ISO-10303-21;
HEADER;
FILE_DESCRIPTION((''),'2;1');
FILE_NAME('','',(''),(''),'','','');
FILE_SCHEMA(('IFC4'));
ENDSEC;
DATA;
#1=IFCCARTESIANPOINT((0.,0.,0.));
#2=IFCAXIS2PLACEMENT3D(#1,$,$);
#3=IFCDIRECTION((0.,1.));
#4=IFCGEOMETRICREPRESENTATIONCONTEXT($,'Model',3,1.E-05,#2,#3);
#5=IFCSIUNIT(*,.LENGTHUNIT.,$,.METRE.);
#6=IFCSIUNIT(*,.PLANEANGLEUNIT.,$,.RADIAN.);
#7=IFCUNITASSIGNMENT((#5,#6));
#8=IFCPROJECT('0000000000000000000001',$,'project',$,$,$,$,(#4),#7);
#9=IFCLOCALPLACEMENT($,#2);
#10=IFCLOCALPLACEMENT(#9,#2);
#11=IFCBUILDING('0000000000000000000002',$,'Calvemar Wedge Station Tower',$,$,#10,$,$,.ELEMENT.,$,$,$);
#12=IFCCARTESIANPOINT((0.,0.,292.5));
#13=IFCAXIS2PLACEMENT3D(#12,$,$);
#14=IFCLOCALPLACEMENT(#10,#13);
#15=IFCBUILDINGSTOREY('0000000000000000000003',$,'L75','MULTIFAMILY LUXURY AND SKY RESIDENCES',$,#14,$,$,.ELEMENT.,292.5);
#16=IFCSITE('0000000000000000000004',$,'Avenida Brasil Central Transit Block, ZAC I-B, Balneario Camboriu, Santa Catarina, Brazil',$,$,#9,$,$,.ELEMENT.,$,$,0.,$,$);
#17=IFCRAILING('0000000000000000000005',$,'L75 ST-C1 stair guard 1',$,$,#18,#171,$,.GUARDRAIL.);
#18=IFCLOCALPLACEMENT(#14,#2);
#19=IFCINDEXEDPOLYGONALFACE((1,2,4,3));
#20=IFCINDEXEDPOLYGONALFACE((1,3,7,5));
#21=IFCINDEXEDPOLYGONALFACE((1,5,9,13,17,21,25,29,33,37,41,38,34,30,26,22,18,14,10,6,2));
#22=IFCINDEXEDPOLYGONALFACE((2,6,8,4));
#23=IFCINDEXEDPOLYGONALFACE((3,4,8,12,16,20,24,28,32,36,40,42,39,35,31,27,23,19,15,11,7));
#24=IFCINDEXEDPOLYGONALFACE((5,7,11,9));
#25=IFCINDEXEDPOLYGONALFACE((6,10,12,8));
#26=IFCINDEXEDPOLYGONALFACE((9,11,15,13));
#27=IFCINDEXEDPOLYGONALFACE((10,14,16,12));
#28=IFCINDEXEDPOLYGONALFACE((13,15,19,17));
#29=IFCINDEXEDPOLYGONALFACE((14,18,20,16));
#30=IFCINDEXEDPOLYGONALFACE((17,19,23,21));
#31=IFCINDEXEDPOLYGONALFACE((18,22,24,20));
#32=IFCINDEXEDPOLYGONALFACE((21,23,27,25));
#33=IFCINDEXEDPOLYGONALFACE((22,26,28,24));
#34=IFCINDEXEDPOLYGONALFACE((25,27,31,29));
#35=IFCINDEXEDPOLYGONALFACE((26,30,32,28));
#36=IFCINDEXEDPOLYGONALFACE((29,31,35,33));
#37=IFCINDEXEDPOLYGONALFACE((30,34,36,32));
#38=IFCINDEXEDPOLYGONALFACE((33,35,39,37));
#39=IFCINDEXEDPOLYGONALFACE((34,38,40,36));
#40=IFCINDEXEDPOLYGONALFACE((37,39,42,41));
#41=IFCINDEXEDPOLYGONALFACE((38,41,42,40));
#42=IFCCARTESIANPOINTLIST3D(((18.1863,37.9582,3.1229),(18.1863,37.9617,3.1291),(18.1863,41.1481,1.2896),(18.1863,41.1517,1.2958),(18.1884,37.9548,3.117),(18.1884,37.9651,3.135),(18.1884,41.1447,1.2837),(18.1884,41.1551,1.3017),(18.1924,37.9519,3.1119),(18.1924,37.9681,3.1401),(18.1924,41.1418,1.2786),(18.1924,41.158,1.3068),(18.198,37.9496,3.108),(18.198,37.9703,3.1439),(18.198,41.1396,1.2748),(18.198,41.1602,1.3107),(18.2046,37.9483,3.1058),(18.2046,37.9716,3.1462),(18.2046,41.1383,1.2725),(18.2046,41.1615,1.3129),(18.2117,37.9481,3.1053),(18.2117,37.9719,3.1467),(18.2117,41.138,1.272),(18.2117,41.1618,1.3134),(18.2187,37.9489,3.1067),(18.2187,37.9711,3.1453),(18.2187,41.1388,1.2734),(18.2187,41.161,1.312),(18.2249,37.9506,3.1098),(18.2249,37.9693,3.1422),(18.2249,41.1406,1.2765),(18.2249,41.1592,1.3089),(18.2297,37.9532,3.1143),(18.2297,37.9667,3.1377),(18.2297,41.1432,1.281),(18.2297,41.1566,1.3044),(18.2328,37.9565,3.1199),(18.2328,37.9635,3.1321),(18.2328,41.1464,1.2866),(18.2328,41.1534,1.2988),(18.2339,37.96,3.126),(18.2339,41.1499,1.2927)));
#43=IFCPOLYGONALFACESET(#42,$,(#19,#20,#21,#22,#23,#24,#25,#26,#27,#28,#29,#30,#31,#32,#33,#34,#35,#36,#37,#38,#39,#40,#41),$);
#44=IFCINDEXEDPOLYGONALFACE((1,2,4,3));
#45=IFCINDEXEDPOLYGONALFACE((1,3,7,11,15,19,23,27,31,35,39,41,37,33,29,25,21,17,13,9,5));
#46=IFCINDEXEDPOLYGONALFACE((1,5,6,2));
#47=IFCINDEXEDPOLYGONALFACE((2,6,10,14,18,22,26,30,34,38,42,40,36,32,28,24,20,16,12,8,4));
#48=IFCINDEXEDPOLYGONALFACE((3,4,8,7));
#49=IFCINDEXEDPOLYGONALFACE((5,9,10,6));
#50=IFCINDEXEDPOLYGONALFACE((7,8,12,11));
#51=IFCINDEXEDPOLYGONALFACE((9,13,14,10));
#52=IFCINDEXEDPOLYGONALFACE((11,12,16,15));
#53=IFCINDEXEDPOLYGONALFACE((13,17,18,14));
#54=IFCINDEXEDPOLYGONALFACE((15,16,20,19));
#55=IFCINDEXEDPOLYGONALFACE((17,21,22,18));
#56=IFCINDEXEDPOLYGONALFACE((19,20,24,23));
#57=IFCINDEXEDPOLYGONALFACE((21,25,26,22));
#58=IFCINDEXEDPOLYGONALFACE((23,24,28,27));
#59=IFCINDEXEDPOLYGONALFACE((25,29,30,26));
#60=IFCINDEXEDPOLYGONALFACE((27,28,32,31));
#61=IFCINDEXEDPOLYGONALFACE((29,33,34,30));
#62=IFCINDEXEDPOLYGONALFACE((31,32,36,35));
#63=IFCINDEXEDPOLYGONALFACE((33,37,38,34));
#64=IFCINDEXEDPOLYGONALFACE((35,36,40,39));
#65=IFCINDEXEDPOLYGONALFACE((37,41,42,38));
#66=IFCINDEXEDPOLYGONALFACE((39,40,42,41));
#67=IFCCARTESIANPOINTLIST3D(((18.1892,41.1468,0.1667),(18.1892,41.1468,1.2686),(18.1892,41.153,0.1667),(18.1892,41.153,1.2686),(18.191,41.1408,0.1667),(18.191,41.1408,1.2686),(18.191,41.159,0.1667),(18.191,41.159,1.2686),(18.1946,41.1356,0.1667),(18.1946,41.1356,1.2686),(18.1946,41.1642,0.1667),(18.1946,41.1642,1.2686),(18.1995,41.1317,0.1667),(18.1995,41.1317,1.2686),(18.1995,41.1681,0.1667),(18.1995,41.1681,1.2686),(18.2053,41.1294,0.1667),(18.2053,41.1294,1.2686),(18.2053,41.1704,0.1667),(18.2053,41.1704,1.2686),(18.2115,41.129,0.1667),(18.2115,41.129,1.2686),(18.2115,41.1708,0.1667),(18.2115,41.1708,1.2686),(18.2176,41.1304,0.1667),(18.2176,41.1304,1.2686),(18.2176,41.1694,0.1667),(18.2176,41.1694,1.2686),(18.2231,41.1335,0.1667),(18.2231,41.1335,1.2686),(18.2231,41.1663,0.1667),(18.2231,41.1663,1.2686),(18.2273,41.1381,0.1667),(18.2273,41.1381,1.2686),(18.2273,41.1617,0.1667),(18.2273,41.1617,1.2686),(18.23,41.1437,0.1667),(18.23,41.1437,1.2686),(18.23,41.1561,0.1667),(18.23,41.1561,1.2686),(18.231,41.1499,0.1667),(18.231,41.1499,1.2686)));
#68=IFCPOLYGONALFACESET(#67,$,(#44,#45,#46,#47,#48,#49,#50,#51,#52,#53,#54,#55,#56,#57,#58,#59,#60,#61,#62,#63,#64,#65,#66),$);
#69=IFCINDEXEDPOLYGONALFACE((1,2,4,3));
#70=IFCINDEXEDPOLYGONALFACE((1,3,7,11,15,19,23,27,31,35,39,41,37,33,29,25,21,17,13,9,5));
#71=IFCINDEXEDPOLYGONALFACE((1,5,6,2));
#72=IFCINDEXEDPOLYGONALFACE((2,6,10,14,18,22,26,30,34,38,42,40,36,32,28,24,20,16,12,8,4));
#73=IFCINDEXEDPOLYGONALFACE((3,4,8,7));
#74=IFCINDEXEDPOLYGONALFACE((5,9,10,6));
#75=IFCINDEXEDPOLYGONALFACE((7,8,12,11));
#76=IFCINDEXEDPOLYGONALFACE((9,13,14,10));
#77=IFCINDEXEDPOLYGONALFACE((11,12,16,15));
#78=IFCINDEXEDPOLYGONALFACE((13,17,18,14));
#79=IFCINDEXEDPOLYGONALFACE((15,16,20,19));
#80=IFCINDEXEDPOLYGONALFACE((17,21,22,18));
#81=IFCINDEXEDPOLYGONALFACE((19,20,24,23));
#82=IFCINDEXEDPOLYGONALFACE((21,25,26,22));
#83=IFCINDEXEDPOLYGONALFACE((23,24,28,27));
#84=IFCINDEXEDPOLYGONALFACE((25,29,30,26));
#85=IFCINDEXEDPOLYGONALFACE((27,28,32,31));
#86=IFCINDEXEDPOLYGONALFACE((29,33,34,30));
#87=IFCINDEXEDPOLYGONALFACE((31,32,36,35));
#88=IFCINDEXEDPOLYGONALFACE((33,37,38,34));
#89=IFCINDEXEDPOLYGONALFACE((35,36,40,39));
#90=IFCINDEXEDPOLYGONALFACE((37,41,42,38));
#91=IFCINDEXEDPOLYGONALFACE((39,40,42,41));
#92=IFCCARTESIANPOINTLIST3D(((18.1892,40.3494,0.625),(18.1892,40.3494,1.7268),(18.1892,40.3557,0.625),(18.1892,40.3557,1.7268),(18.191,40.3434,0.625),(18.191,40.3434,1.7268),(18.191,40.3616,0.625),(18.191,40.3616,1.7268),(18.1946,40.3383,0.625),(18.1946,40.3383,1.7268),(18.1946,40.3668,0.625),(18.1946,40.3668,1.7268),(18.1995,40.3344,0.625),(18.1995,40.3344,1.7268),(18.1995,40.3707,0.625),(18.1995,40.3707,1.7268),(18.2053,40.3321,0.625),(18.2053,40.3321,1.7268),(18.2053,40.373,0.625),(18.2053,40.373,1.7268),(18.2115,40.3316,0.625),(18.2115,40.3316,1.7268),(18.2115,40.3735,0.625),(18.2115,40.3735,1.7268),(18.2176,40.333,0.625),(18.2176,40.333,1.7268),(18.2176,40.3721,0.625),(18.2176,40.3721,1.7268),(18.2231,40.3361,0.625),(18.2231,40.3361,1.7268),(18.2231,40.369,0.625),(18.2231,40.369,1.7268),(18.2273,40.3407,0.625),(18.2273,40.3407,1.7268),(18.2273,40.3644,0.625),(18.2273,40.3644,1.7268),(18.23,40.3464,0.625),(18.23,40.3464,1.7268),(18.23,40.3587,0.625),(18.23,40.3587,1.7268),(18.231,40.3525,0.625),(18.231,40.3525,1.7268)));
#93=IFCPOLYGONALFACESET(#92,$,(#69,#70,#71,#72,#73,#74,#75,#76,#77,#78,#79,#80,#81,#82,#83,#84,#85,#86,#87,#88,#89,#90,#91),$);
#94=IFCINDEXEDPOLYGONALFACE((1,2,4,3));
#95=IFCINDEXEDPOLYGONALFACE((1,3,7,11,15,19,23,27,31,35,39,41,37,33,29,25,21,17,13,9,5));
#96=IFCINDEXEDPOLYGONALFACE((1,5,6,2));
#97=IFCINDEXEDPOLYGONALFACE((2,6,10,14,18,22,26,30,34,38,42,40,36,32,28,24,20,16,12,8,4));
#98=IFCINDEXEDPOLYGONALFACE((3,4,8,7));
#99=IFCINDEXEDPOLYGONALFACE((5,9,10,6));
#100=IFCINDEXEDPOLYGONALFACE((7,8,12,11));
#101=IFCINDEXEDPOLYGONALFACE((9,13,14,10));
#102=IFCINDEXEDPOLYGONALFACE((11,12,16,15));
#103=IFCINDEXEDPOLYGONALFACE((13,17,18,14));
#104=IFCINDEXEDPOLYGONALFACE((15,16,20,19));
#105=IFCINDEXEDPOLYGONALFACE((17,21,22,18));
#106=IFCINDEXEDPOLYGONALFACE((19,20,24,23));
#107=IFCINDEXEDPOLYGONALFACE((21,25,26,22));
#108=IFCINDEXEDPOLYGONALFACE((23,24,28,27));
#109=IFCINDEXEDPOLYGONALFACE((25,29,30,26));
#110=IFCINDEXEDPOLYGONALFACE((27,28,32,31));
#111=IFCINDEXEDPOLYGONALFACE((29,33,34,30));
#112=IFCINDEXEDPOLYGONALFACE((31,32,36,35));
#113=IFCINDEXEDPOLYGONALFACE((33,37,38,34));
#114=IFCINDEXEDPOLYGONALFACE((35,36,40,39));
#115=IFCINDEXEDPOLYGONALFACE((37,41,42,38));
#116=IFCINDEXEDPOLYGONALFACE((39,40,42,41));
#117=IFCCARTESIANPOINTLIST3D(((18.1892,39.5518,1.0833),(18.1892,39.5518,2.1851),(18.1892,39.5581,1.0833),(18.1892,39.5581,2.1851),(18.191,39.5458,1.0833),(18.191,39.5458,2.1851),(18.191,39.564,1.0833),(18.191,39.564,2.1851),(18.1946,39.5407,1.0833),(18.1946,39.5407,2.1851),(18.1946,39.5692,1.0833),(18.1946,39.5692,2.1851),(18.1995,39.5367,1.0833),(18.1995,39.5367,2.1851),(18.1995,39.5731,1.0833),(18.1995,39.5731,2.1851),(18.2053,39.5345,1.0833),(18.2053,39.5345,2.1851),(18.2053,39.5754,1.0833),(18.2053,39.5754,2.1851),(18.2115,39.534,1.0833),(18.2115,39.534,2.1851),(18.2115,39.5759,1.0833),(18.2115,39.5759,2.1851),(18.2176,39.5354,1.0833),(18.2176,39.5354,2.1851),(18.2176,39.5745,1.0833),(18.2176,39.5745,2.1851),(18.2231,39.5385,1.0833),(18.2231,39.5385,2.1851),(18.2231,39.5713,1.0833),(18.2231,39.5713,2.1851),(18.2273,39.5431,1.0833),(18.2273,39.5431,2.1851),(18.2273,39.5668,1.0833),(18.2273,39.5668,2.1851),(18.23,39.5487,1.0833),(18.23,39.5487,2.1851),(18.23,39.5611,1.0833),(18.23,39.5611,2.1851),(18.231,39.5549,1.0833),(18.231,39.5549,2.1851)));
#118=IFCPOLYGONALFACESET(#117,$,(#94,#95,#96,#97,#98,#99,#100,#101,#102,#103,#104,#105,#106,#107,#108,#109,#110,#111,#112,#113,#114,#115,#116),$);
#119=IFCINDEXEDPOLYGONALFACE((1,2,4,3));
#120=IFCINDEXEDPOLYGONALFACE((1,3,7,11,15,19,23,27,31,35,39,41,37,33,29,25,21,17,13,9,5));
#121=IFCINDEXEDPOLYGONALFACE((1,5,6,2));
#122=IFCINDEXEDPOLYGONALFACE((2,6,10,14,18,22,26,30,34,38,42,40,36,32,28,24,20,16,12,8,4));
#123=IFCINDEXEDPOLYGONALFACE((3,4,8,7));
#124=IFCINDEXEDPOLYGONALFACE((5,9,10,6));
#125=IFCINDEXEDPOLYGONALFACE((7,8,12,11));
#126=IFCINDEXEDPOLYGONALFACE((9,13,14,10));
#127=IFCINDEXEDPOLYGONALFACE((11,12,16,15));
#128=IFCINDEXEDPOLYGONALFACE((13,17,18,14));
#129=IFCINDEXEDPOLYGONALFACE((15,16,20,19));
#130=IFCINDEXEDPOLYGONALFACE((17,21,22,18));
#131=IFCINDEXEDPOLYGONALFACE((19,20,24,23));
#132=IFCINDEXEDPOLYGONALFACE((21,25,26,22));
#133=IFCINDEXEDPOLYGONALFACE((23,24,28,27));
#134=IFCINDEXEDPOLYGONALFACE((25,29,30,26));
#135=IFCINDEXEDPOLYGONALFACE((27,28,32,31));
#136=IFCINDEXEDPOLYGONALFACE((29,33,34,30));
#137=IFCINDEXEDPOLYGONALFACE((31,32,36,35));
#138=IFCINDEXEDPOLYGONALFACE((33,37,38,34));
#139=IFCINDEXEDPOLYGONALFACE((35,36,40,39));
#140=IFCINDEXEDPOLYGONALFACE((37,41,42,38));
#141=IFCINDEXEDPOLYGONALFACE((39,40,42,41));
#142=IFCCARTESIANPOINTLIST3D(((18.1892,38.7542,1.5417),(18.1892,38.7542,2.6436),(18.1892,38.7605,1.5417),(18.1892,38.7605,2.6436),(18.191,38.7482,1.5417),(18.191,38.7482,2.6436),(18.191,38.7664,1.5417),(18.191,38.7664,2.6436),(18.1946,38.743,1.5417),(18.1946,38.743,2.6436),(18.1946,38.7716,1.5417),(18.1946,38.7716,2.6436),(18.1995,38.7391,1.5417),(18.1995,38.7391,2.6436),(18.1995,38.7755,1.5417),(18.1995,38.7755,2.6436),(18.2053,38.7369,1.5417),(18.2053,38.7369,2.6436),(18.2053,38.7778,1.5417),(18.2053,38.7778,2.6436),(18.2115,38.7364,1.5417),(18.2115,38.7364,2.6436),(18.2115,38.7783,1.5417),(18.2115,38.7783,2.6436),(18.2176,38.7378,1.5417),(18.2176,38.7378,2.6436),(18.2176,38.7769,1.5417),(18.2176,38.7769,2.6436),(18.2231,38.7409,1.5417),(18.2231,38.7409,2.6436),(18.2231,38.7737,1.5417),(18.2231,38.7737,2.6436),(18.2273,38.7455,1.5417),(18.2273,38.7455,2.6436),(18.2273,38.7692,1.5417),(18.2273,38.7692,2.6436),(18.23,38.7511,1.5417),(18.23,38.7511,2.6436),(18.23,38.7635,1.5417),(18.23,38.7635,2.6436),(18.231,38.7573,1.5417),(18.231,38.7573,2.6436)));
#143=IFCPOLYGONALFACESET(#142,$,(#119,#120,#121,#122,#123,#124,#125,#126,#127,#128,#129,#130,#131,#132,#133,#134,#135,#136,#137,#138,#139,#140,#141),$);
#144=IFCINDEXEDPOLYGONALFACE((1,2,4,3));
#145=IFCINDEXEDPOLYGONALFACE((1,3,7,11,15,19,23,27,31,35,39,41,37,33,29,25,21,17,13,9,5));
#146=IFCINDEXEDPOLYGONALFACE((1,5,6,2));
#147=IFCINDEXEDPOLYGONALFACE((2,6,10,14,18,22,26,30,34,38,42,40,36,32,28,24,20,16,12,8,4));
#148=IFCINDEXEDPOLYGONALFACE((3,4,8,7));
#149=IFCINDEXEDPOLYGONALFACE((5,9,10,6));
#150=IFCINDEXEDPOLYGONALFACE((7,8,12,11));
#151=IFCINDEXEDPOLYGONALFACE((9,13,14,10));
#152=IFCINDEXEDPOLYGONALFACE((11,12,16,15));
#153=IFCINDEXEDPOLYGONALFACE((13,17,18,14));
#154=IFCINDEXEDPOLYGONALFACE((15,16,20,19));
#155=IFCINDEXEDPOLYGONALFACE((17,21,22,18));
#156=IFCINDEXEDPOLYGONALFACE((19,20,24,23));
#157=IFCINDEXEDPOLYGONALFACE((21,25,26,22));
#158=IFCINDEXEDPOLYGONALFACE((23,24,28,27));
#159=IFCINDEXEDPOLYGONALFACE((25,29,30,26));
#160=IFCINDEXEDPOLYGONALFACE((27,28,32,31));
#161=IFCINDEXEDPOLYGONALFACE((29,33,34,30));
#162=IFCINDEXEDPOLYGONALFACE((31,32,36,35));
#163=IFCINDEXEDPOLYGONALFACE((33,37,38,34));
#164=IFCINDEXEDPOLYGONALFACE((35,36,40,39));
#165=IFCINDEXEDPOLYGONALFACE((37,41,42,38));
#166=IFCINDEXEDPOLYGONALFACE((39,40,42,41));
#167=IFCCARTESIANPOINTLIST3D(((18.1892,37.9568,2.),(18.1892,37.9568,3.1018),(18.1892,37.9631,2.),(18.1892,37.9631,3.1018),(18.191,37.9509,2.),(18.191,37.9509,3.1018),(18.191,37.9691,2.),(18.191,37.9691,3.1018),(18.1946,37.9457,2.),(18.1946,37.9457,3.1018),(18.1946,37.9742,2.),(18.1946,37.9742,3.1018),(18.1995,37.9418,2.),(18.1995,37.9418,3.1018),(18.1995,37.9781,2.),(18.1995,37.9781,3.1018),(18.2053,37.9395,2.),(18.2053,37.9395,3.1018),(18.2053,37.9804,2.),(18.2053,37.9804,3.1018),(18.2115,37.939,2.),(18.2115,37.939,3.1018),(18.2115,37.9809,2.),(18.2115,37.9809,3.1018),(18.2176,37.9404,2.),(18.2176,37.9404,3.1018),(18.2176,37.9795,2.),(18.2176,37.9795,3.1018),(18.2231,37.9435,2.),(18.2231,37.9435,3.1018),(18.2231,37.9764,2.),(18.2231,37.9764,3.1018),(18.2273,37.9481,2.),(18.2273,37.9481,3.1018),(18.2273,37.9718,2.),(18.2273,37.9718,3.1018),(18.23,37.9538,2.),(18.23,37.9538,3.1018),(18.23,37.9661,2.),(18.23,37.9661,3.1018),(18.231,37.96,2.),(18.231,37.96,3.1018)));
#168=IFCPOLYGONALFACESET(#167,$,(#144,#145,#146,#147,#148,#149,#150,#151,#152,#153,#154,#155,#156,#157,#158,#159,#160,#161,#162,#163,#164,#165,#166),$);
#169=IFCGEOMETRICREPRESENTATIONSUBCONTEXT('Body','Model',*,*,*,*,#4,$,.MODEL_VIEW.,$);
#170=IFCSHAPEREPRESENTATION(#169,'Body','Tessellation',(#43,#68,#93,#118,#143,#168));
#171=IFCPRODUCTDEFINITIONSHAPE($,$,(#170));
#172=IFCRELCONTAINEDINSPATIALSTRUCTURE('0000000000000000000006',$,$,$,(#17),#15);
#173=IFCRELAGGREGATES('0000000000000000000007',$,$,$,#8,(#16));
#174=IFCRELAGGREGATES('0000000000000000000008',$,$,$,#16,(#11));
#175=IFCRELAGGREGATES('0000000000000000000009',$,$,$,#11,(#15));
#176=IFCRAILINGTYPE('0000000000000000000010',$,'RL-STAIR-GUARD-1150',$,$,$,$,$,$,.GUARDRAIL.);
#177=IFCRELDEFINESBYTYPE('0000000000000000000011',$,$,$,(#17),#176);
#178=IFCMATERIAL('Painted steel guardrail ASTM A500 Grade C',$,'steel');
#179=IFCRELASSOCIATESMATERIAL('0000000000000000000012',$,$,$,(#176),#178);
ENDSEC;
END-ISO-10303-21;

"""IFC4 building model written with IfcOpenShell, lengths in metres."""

from ifc_helpers import new_model, si_unit, direction, frame, origin, origin_2d, place, context, subcontext, project, spatial, circle, extrude, material, type_object, element, save


model = new_model("IFC4")

# Units and contexts
model_context = context("Model", 3, precision=1e-05, world=origin(), true_north=direction((0.0, 1.0)))
body_context = subcontext(model_context, "Body", "Model", "MODEL_VIEW")
ifc_project = project(units=[si_unit("LENGTHUNIT", "METRE"), si_unit("PLANEANGLEUNIT", "RADIAN")], contexts=[model_context])

# Site, building, storey
site_placement = place(None, origin())
site = spatial("IfcSite", under=ifc_project, at=site_placement, Name="Avenida Brasil Central Transit Block, ZAC I-B, Balneario Camboriu, Santa Catarina, Brazil", CompositionType="ELEMENT", RefElevation=0.0)
building_placement = place(site_placement, origin())
building = spatial("IfcBuilding", under=site, at=building_placement, Name="Calvemar Wedge Station Tower", CompositionType="ELEMENT")
storey_placement = place(building_placement, frame((0.0, 0.0, 292.5)))
storey = spatial("IfcBuildingStorey", under=building, at=storey_placement, Name="L75", Description="MULTIFAMILY LUXURY AND SKY RESIDENCES", CompositionType="ELEMENT", Elevation=292.5)

# Railing
ifc_material_1 = material(Name="Painted steel guardrail ASTM A500 Grade C", Category="steel")
railing_type = type_object("IfcRailingType", Name="RL-STAIR-GUARD-1150", PredefinedType="GUARDRAIL", material=ifc_material_1)
railing_1_placement = place(storey_placement, frame((18.21, 41.1499, 0.1667)))
element("IfcRailing", 1, at=railing_1_placement, inside=storey, type_object=railing_type, Name="L75 ST-C1 stair guard 1", PredefinedType="GUARDRAIL", context=body_context, shape_type="SweptSolid", body=[
    extrude(circle(Radius=0.0239, at=origin_2d()), frame((0.0, 0.0, 1.126), z_axis=(0.0, -0.86702, 0.498274), x_axis=(1.0, 0.0, 0.0)), (0.0, 0.0, 1.0), 3.6792),
    extrude(circle(Radius=0.021, at=origin_2d()), origin(), (0.0, 0.0, 1.0), 1.1018),
    extrude(circle(Radius=0.021, at=origin_2d()), frame((0.0, -0.7974, 0.4583)), (0.0, 0.0, 1.0), 1.1018),
    extrude(circle(Radius=0.021, at=origin_2d()), frame((0.0, -1.595, 0.9165)), (0.0, 0.0, 1.0), 1.1018),
    extrude(circle(Radius=0.021, at=origin_2d()), frame((0.0, -2.3926, 1.375)), (0.0, 0.0, 1.0), 1.1018),
    extrude(circle(Radius=0.021, at=origin_2d()), frame((0.0, -3.1899, 1.8333)), (0.0, 0.0, 1.0), 1.1018),
])

save(model, "model.ifc")
